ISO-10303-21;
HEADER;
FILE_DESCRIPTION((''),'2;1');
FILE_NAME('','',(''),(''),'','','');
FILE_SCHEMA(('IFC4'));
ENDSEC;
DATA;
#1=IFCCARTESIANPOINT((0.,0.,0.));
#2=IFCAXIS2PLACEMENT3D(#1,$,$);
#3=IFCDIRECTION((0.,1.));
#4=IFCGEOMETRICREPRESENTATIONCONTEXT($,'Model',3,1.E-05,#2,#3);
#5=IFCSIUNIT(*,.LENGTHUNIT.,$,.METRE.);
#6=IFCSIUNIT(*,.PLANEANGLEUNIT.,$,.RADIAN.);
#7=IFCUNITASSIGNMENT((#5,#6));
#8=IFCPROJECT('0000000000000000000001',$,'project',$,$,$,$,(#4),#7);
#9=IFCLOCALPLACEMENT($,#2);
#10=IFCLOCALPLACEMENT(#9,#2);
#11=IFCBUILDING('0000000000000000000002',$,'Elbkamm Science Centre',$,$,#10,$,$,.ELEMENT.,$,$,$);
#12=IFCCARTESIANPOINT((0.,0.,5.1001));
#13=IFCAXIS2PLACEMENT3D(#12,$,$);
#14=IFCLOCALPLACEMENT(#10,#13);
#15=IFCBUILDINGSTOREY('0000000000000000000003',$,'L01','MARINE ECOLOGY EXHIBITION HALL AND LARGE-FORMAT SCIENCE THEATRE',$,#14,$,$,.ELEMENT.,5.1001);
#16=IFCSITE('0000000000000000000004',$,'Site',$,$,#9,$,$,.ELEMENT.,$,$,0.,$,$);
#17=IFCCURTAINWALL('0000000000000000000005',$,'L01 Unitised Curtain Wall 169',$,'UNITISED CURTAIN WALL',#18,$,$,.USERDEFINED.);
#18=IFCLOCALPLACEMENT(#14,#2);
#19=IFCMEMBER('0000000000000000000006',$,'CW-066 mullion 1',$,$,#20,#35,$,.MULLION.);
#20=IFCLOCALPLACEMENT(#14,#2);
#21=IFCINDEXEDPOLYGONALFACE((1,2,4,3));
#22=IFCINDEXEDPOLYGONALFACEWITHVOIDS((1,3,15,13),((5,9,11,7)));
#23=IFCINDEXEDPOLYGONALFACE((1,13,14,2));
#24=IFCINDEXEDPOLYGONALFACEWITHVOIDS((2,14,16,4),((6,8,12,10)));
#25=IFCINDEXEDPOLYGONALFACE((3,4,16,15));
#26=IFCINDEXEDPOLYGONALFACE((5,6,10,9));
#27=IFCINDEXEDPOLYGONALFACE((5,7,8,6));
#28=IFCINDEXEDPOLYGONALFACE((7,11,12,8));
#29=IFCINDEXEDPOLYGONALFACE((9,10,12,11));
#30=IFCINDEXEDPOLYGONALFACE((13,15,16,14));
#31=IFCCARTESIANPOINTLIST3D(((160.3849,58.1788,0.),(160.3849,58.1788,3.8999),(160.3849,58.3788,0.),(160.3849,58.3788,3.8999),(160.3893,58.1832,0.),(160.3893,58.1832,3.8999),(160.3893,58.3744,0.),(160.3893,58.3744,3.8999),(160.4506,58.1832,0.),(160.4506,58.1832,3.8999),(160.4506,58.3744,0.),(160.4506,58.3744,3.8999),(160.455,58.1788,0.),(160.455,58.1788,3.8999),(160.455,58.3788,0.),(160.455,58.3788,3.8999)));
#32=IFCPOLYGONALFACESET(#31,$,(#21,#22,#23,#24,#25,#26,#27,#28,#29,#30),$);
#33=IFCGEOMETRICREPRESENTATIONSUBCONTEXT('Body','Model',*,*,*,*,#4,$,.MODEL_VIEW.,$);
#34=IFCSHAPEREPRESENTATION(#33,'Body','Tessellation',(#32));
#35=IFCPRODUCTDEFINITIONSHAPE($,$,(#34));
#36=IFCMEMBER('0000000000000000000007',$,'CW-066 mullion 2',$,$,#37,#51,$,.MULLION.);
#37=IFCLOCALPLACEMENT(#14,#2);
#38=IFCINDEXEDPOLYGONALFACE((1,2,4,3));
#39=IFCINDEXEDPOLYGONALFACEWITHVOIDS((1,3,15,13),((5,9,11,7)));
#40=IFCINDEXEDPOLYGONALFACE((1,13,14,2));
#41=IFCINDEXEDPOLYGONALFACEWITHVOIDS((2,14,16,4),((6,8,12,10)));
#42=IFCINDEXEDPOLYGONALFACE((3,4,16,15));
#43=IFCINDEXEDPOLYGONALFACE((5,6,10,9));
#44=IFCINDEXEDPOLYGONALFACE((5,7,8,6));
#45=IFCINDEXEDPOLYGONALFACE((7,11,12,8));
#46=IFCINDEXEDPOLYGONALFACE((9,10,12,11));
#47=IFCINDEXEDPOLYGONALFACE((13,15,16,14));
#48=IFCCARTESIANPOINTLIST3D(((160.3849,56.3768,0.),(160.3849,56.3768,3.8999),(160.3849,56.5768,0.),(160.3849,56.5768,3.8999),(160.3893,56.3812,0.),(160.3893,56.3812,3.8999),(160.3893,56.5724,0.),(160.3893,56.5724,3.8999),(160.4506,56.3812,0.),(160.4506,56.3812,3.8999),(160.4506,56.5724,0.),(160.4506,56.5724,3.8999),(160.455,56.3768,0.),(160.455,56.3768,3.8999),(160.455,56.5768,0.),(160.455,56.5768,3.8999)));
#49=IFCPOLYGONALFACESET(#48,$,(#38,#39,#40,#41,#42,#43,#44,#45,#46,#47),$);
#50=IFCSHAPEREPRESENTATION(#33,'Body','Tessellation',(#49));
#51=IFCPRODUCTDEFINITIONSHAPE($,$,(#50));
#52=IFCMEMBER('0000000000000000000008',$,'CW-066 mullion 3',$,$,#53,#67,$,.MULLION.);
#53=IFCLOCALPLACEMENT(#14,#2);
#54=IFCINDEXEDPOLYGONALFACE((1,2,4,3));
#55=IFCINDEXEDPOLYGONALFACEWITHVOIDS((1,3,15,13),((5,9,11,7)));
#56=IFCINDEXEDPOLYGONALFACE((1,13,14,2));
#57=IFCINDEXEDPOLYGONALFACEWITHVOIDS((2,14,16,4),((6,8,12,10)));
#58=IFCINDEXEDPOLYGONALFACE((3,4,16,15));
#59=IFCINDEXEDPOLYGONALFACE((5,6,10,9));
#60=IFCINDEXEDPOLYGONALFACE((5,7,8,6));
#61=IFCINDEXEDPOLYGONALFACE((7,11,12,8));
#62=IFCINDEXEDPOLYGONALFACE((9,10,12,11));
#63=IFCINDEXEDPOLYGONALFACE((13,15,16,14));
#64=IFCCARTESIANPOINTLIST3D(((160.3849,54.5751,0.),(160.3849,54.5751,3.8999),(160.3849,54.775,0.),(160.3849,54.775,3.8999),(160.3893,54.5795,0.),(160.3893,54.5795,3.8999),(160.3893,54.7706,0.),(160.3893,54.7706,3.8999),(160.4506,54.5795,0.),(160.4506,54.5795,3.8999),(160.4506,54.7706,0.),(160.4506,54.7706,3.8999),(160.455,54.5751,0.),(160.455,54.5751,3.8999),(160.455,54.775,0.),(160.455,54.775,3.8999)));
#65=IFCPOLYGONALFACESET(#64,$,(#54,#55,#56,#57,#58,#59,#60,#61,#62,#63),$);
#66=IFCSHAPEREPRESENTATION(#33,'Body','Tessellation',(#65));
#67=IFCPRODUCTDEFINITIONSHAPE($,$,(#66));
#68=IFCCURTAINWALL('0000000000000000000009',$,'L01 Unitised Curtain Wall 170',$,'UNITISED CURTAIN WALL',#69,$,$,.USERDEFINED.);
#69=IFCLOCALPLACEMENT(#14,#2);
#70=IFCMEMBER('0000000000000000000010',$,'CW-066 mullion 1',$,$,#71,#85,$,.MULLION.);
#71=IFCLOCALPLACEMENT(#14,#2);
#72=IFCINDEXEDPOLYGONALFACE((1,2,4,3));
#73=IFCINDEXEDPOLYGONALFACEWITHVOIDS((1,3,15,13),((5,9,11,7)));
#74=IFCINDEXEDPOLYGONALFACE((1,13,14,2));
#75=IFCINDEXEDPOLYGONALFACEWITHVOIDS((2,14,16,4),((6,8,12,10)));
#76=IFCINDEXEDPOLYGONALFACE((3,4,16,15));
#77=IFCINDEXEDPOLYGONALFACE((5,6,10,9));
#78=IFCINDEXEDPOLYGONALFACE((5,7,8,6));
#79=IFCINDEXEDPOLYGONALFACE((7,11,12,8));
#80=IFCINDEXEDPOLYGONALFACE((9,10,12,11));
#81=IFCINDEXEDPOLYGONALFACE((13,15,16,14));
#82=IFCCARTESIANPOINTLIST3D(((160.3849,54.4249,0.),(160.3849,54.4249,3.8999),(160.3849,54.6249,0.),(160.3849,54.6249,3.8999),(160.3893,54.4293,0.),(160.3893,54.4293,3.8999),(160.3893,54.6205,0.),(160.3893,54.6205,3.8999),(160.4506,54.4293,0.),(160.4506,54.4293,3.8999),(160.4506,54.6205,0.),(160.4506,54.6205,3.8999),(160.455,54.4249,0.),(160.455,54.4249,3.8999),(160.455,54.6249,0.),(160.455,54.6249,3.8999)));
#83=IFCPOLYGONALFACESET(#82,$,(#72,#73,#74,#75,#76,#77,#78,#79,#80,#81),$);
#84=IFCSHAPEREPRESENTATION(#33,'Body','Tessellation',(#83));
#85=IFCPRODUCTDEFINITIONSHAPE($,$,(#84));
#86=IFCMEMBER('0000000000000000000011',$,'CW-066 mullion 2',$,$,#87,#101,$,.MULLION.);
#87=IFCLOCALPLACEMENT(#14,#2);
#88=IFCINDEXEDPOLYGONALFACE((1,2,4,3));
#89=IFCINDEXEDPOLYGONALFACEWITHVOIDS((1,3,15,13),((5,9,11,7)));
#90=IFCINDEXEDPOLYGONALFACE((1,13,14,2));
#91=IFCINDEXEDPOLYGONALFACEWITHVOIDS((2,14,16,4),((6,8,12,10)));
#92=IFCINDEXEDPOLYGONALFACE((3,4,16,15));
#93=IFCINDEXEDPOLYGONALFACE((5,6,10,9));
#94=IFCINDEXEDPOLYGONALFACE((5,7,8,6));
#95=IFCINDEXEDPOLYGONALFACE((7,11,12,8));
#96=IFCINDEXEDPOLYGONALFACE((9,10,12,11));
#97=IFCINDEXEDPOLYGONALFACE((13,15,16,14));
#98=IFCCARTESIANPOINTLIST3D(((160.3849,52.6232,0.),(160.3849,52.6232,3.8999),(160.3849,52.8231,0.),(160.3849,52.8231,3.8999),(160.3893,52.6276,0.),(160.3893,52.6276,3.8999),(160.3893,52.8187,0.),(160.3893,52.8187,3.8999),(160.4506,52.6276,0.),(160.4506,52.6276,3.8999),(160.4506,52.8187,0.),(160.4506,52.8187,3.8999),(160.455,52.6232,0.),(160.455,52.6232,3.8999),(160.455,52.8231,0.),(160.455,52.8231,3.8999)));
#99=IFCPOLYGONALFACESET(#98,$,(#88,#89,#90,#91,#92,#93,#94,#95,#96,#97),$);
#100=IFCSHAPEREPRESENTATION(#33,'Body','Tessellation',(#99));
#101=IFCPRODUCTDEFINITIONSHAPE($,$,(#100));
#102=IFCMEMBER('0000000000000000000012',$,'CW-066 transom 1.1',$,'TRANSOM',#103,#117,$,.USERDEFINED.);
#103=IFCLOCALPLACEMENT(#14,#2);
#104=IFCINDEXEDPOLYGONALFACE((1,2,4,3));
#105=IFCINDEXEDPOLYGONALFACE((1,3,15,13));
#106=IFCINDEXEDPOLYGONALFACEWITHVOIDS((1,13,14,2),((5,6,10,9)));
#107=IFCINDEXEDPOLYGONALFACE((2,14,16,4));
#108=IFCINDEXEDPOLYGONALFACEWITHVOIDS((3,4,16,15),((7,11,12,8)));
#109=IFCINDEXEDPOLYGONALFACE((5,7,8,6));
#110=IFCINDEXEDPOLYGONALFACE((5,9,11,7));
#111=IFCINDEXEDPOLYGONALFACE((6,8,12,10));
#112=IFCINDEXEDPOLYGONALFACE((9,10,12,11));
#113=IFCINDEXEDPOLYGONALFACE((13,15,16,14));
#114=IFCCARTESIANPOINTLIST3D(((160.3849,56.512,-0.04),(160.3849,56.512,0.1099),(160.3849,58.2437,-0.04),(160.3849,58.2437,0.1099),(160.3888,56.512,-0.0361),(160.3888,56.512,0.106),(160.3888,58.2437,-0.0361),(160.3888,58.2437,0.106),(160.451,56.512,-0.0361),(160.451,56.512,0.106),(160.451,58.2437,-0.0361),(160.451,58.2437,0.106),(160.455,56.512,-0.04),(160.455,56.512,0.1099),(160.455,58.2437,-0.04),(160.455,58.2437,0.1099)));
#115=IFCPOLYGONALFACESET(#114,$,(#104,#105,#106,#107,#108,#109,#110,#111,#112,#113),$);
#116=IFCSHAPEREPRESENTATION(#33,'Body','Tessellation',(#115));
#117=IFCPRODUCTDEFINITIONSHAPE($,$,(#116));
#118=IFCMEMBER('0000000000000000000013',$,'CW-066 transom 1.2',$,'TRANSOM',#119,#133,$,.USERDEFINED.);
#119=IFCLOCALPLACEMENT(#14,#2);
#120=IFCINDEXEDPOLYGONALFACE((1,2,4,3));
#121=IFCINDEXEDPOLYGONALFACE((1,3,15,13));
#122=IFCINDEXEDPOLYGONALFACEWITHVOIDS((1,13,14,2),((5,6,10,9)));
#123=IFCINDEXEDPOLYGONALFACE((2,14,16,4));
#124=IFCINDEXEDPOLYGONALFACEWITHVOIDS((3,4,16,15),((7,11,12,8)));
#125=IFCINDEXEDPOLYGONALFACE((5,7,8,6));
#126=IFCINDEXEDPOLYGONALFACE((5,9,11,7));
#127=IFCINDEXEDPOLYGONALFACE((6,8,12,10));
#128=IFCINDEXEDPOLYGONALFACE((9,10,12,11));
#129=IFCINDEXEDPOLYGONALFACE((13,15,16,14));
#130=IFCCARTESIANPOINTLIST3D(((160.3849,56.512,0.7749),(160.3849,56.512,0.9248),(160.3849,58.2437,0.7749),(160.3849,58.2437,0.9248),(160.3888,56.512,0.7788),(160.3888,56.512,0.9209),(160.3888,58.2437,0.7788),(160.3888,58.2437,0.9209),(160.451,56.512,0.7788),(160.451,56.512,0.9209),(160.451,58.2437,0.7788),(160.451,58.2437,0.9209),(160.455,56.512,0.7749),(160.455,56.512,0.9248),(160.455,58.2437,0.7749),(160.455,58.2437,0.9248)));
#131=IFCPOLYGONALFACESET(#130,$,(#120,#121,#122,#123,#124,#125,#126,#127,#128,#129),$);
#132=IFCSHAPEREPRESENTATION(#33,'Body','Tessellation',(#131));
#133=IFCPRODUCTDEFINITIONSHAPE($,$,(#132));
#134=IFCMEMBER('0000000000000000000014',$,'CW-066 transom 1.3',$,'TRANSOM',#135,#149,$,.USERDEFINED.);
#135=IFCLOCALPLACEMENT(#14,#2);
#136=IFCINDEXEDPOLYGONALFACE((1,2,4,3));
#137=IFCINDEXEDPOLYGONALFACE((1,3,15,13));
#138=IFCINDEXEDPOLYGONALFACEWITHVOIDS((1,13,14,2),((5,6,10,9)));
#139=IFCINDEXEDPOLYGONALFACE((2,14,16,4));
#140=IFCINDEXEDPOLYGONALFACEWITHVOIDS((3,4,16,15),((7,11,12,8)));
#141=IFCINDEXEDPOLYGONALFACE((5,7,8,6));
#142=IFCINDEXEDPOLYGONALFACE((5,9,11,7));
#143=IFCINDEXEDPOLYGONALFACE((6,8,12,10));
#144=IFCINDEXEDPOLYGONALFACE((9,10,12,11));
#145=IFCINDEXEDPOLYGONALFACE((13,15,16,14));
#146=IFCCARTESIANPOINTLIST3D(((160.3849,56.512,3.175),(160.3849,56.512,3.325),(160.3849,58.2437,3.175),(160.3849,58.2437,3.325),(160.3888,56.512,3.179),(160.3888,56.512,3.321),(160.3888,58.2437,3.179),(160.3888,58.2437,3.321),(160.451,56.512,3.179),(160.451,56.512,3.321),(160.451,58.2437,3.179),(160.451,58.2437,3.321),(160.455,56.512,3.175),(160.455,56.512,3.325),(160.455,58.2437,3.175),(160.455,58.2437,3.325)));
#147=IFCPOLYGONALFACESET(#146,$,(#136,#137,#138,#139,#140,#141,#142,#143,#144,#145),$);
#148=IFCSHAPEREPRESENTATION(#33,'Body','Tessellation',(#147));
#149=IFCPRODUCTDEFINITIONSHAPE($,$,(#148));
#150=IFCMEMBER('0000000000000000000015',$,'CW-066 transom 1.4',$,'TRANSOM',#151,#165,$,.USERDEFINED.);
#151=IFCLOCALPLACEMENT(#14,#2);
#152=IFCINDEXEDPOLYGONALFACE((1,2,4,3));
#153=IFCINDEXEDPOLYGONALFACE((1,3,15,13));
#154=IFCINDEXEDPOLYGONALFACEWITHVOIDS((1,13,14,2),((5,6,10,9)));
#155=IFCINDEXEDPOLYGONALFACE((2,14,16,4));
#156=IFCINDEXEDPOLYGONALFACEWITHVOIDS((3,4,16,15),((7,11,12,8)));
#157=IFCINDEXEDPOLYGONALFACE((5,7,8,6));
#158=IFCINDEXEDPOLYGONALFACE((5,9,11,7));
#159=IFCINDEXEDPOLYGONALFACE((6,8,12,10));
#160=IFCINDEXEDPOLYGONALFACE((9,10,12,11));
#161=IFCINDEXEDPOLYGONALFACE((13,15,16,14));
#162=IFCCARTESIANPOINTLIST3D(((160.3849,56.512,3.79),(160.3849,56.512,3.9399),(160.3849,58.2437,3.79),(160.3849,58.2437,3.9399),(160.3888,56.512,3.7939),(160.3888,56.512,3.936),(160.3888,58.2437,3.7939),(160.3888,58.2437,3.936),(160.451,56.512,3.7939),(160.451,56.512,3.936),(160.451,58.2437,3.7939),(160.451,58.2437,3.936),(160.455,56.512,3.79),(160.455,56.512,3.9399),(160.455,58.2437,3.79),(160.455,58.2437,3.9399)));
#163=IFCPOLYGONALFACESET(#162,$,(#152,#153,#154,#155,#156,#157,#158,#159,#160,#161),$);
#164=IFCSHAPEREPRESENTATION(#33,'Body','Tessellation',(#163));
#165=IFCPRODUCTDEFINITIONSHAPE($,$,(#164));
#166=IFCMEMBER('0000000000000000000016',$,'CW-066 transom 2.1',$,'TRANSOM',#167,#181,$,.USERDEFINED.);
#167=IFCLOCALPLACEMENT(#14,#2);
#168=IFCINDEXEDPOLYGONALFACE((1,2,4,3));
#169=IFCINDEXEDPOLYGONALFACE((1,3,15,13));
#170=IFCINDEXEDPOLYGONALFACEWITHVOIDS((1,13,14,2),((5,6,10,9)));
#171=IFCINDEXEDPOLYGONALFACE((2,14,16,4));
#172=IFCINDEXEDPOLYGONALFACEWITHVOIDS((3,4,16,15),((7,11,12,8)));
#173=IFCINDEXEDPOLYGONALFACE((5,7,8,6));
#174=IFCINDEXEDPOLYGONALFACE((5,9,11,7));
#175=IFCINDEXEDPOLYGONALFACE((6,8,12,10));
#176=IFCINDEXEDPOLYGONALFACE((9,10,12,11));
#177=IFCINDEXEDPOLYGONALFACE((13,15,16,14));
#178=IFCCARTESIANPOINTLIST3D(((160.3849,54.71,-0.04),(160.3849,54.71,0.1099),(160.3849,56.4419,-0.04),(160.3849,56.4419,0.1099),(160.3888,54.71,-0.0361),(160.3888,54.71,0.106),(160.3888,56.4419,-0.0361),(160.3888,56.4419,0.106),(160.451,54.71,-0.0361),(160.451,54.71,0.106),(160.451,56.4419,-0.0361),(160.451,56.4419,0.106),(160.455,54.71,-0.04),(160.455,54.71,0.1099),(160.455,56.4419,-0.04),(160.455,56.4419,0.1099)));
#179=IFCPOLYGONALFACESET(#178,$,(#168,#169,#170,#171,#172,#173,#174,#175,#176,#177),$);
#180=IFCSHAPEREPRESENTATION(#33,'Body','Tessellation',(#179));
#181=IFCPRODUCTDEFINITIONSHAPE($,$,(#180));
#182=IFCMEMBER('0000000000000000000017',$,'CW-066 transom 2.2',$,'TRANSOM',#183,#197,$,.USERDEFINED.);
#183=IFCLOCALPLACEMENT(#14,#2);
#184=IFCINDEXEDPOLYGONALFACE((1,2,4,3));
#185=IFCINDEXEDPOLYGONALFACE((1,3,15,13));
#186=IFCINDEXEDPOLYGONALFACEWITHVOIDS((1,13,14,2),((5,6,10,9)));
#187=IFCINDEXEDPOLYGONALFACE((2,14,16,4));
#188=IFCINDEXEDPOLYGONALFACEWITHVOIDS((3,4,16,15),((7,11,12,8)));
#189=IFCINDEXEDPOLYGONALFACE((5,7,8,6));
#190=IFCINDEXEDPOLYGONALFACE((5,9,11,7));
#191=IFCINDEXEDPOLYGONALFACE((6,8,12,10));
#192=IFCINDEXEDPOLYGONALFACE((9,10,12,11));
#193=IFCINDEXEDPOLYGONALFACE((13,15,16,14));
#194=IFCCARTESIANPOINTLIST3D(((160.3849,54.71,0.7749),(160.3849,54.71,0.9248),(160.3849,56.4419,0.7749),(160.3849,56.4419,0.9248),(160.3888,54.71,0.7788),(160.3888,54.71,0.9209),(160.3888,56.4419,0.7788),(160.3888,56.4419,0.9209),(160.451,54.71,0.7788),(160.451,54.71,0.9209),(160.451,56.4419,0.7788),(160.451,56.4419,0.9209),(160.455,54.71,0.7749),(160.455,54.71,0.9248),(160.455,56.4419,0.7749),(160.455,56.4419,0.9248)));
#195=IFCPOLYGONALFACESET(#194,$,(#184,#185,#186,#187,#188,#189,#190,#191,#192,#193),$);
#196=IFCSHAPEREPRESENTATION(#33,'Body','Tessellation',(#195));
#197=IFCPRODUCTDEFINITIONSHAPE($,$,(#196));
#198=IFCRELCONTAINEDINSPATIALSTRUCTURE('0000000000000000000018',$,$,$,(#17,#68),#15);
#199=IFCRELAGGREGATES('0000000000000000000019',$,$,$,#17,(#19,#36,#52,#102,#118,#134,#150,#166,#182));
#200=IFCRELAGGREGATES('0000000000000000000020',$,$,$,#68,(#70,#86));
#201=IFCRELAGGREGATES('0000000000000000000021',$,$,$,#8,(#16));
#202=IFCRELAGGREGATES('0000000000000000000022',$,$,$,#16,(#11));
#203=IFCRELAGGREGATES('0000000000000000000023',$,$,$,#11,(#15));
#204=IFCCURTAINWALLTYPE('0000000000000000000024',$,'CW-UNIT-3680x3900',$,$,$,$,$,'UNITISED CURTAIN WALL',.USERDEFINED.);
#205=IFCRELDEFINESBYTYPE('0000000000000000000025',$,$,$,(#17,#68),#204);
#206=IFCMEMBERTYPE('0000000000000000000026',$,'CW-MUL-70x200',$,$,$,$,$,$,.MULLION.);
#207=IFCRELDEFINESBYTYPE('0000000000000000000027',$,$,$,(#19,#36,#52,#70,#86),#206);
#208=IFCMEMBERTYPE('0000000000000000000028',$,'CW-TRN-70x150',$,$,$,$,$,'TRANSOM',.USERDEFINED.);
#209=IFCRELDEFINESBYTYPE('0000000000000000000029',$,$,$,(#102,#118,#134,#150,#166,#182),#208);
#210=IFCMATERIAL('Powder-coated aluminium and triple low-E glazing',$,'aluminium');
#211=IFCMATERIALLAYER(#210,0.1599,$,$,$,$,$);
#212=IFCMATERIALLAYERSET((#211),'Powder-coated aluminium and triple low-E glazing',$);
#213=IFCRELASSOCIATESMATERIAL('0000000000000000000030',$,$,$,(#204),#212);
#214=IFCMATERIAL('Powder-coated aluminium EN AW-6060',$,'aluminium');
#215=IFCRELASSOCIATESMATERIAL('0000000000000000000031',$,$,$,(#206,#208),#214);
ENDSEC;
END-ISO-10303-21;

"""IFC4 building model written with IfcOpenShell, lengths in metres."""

from ifc_helpers import new_model, si_unit, direction, frame, origin, origin_2d, place, context, subcontext, project, spatial, hollow_rectangle, extrude, material, layer, layer_set, material_profile, profile_set, type_object, element, aggregate, save


model = new_model("IFC4")

# Units and contexts
model_context = context("Model", 3, precision=1e-05, world=origin(), true_north=direction((0.0, 1.0)))
body_context = subcontext(model_context, "Body", "Model", "MODEL_VIEW")
ifc_project = project(units=[si_unit("LENGTHUNIT", "METRE"), si_unit("PLANEANGLEUNIT", "RADIAN")], contexts=[model_context])

# Site, building, storey
site_placement = place(None, origin())
site = spatial("IfcSite", under=ifc_project, at=site_placement, Name="Site", CompositionType="ELEMENT", RefElevation=0.0)
building_placement = place(site_placement, origin())
building = spatial("IfcBuilding", under=site, at=building_placement, Name="Elbkamm Science Centre", CompositionType="ELEMENT")
storey_placement = place(building_placement, frame((0.0, 0.0, 5.1001)))
storey = spatial("IfcBuildingStorey", under=building, at=storey_placement, Name="L01", Description="MARINE ECOLOGY EXHIBITION HALL AND LARGE-FORMAT SCIENCE THEATRE", CompositionType="ELEMENT", Elevation=5.1001)

# Curtain walls, members
ifc_material_1 = material(Name="Powder-coated aluminium and triple low-E glazing", Category="aluminium")
ifc_layer_1 = layer(ifc_material_1, 0.1599)
ifc_layer_set_1 = layer_set([ifc_layer_1], Name="Powder-coated aluminium and triple low-E glazing")
curtain_wall_type = type_object("IfcCurtainWallType", Name="CW-UNIT-3680x3900", ElementType="UNITISED CURTAIN WALL", PredefinedType="USERDEFINED", material=ifc_layer_set_1)
curtain_wall_1_placement = place(storey_placement, origin())
curtain_wall_1 = element("IfcCurtainWall", 1, at=curtain_wall_1_placement, inside=storey, type_object=curtain_wall_type, Name="L01 Unitised Curtain Wall 169", ObjectType="UNITISED CURTAIN WALL", PredefinedType="USERDEFINED")
ifc_material_2 = material(Name="Powder-coated aluminium EN AW-6060", Category="aluminium")
ifc_material_profile_1 = material_profile(ifc_material_2, hollow_rectangle(XDim=0.0701, YDim=0.2, WallThickness=0.0044, at=origin_2d()), Name="ALU M70x200")
ifc_profile_set_1 = profile_set([ifc_material_profile_1], Name="Powder-coated aluminium EN AW-6060")
member_type_1 = type_object("IfcMemberType", Name="CW-MUL-70x200", PredefinedType="MULLION", material=ifc_profile_set_1)
member_1_placement = place(storey_placement, frame((160.4199, 58.2788, 0.0), z_axis=(0.0, 0.0, 1.0), x_axis=(1.0, 0.0, 0.0)))
member_1 = element("IfcMember", 2, at=member_1_placement, type_object=member_type_1, Name="CW-066 mullion 1", PredefinedType="MULLION", context=body_context, shape_type="SweptSolid", body=[
    extrude(hollow_rectangle(XDim=0.0701, YDim=0.2, WallThickness=0.0044, at=origin_2d()), origin(), (0.0, 0.0, 1.0), 3.8999),
])
member_2_placement = place(storey_placement, frame((160.4199, 56.4768, 0.0), z_axis=(0.0, 0.0, 1.0), x_axis=(1.0, 0.0, 0.0)))
member_2 = element("IfcMember", 3, at=member_2_placement, type_object=member_type_1, Name="CW-066 mullion 2", PredefinedType="MULLION", context=body_context, shape_type="SweptSolid", body=[
    extrude(hollow_rectangle(XDim=0.0701, YDim=0.2, WallThickness=0.0044, at=origin_2d()), origin(), (0.0, 0.0, 1.0), 3.8999),
])
member_3_placement = place(storey_placement, frame((160.4199, 54.675, 0.0), z_axis=(0.0, 0.0, 1.0), x_axis=(1.0, 0.0, 0.0)))
member_3 = element("IfcMember", 4, at=member_3_placement, type_object=member_type_1, Name="CW-066 mullion 3", PredefinedType="MULLION", context=body_context, shape_type="SweptSolid", body=[
    extrude(hollow_rectangle(XDim=0.0701, YDim=0.2, WallThickness=0.0044, at=origin_2d()), origin(), (0.0, 0.0, 1.0), 3.8999),
])
curtain_wall_2_placement = place(storey_placement, origin())
curtain_wall_2 = element("IfcCurtainWall", 5, at=curtain_wall_2_placement, inside=storey, type_object=curtain_wall_type, Name="L01 Unitised Curtain Wall 170", ObjectType="UNITISED CURTAIN WALL", PredefinedType="USERDEFINED")
member_4_placement = place(storey_placement, frame((160.4199, 54.5249, 0.0), z_axis=(0.0, 0.0, 1.0), x_axis=(1.0, 0.0, 0.0)))
member_4 = element("IfcMember", 6, at=member_4_placement, type_object=member_type_1, Name="CW-066 mullion 1", PredefinedType="MULLION", context=body_context, shape_type="SweptSolid", body=[
    extrude(hollow_rectangle(XDim=0.0701, YDim=0.2, WallThickness=0.0044, at=origin_2d()), origin(), (0.0, 0.0, 1.0), 3.8999),
])
member_5_placement = place(storey_placement, frame((160.4199, 52.7231, 0.0), z_axis=(0.0, 0.0, 1.0), x_axis=(1.0, 0.0, 0.0)))
member_5 = element("IfcMember", 7, at=member_5_placement, type_object=member_type_1, Name="CW-066 mullion 2", PredefinedType="MULLION", context=body_context, shape_type="SweptSolid", body=[
    extrude(hollow_rectangle(XDim=0.0701, YDim=0.2, WallThickness=0.0044, at=origin_2d()), origin(), (0.0, 0.0, 1.0), 3.8999),
])

# Members
ifc_material_profile_2 = material_profile(ifc_material_2, hollow_rectangle(XDim=0.0701, YDim=0.1499, WallThickness=0.0039, at=origin_2d()), Name="ALU T70x150")
ifc_profile_set_2 = profile_set([ifc_material_profile_2], Name="Powder-coated aluminium EN AW-6060")
member_type_2 = type_object("IfcMemberType", Name="CW-TRN-70x150", ElementType="TRANSOM", PredefinedType="USERDEFINED", material=ifc_profile_set_2)
member_6_placement = place(storey_placement, frame((160.4199, 58.2437, 0.0349), z_axis=(0.0, -1.0, 0.0), x_axis=(1.0, 0.0, 0.0)))
member_6 = element("IfcMember", 8, at=member_6_placement, type_object=member_type_2, Name="CW-066 transom 1.1", ObjectType="TRANSOM", PredefinedType="USERDEFINED", context=body_context, shape_type="SweptSolid", body=[
    extrude(hollow_rectangle(XDim=0.0701, YDim=0.1499, WallThickness=0.0039, at=origin_2d()), origin(), (0.0, 0.0, 1.0), 1.7317),
])
member_7_placement = place(storey_placement, frame((160.4199, 58.2437, 0.8499), z_axis=(0.0, -1.0, 0.0), x_axis=(1.0, 0.0, 0.0)))
member_7 = element("IfcMember", 9, at=member_7_placement, type_object=member_type_2, Name="CW-066 transom 1.2", ObjectType="TRANSOM", PredefinedType="USERDEFINED", context=body_context, shape_type="SweptSolid", body=[
    extrude(hollow_rectangle(XDim=0.0701, YDim=0.1499, WallThickness=0.0039, at=origin_2d()), origin(), (0.0, 0.0, 1.0), 1.7317),
])
member_8_placement = place(storey_placement, frame((160.4199, 58.2437, 3.25), z_axis=(0.0, -1.0, 0.0), x_axis=(1.0, 0.0, 0.0)))
member_8 = element("IfcMember", 10, at=member_8_placement, type_object=member_type_2, Name="CW-066 transom 1.3", ObjectType="TRANSOM", PredefinedType="USERDEFINED", context=body_context, shape_type="SweptSolid", body=[
    extrude(hollow_rectangle(XDim=0.0701, YDim=0.1499, WallThickness=0.0039, at=origin_2d()), origin(), (0.0, 0.0, 1.0), 1.7317),
])
member_9_placement = place(storey_placement, frame((160.4199, 58.2437, 3.865), z_axis=(0.0, -1.0, 0.0), x_axis=(1.0, 0.0, 0.0)))
member_9 = element("IfcMember", 11, at=member_9_placement, type_object=member_type_2, Name="CW-066 transom 1.4", ObjectType="TRANSOM", PredefinedType="USERDEFINED", context=body_context, shape_type="SweptSolid", body=[
    extrude(hollow_rectangle(XDim=0.0701, YDim=0.1499, WallThickness=0.0039, at=origin_2d()), origin(), (0.0, 0.0, 1.0), 1.7317),
])
member_10_placement = place(storey_placement, frame((160.4199, 56.4419, 0.0349), z_axis=(0.0, -1.0, 0.0), x_axis=(1.0, 0.0, 0.0)))
member_10 = element("IfcMember", 12, at=member_10_placement, type_object=member_type_2, Name="CW-066 transom 2.1", ObjectType="TRANSOM", PredefinedType="USERDEFINED", context=body_context, shape_type="SweptSolid", body=[
    extrude(hollow_rectangle(XDim=0.0701, YDim=0.1499, WallThickness=0.0039, at=origin_2d()), origin(), (0.0, 0.0, 1.0), 1.7319),
])
member_11_placement = place(storey_placement, frame((160.4199, 56.4419, 0.8499), z_axis=(0.0, -1.0, 0.0), x_axis=(1.0, 0.0, 0.0)))
member_11 = element("IfcMember", 13, at=member_11_placement, type_object=member_type_2, Name="CW-066 transom 2.2", ObjectType="TRANSOM", PredefinedType="USERDEFINED", context=body_context, shape_type="SweptSolid", body=[
    extrude(hollow_rectangle(XDim=0.0701, YDim=0.1499, WallThickness=0.0039, at=origin_2d()), origin(), (0.0, 0.0, 1.0), 1.7319),
])

aggregate(curtain_wall_1, [member_1, member_2, member_3, member_6, member_7, member_8, member_9, member_10, member_11])
aggregate(curtain_wall_2, [member_4, member_5])

save(model, "model.ifc")
